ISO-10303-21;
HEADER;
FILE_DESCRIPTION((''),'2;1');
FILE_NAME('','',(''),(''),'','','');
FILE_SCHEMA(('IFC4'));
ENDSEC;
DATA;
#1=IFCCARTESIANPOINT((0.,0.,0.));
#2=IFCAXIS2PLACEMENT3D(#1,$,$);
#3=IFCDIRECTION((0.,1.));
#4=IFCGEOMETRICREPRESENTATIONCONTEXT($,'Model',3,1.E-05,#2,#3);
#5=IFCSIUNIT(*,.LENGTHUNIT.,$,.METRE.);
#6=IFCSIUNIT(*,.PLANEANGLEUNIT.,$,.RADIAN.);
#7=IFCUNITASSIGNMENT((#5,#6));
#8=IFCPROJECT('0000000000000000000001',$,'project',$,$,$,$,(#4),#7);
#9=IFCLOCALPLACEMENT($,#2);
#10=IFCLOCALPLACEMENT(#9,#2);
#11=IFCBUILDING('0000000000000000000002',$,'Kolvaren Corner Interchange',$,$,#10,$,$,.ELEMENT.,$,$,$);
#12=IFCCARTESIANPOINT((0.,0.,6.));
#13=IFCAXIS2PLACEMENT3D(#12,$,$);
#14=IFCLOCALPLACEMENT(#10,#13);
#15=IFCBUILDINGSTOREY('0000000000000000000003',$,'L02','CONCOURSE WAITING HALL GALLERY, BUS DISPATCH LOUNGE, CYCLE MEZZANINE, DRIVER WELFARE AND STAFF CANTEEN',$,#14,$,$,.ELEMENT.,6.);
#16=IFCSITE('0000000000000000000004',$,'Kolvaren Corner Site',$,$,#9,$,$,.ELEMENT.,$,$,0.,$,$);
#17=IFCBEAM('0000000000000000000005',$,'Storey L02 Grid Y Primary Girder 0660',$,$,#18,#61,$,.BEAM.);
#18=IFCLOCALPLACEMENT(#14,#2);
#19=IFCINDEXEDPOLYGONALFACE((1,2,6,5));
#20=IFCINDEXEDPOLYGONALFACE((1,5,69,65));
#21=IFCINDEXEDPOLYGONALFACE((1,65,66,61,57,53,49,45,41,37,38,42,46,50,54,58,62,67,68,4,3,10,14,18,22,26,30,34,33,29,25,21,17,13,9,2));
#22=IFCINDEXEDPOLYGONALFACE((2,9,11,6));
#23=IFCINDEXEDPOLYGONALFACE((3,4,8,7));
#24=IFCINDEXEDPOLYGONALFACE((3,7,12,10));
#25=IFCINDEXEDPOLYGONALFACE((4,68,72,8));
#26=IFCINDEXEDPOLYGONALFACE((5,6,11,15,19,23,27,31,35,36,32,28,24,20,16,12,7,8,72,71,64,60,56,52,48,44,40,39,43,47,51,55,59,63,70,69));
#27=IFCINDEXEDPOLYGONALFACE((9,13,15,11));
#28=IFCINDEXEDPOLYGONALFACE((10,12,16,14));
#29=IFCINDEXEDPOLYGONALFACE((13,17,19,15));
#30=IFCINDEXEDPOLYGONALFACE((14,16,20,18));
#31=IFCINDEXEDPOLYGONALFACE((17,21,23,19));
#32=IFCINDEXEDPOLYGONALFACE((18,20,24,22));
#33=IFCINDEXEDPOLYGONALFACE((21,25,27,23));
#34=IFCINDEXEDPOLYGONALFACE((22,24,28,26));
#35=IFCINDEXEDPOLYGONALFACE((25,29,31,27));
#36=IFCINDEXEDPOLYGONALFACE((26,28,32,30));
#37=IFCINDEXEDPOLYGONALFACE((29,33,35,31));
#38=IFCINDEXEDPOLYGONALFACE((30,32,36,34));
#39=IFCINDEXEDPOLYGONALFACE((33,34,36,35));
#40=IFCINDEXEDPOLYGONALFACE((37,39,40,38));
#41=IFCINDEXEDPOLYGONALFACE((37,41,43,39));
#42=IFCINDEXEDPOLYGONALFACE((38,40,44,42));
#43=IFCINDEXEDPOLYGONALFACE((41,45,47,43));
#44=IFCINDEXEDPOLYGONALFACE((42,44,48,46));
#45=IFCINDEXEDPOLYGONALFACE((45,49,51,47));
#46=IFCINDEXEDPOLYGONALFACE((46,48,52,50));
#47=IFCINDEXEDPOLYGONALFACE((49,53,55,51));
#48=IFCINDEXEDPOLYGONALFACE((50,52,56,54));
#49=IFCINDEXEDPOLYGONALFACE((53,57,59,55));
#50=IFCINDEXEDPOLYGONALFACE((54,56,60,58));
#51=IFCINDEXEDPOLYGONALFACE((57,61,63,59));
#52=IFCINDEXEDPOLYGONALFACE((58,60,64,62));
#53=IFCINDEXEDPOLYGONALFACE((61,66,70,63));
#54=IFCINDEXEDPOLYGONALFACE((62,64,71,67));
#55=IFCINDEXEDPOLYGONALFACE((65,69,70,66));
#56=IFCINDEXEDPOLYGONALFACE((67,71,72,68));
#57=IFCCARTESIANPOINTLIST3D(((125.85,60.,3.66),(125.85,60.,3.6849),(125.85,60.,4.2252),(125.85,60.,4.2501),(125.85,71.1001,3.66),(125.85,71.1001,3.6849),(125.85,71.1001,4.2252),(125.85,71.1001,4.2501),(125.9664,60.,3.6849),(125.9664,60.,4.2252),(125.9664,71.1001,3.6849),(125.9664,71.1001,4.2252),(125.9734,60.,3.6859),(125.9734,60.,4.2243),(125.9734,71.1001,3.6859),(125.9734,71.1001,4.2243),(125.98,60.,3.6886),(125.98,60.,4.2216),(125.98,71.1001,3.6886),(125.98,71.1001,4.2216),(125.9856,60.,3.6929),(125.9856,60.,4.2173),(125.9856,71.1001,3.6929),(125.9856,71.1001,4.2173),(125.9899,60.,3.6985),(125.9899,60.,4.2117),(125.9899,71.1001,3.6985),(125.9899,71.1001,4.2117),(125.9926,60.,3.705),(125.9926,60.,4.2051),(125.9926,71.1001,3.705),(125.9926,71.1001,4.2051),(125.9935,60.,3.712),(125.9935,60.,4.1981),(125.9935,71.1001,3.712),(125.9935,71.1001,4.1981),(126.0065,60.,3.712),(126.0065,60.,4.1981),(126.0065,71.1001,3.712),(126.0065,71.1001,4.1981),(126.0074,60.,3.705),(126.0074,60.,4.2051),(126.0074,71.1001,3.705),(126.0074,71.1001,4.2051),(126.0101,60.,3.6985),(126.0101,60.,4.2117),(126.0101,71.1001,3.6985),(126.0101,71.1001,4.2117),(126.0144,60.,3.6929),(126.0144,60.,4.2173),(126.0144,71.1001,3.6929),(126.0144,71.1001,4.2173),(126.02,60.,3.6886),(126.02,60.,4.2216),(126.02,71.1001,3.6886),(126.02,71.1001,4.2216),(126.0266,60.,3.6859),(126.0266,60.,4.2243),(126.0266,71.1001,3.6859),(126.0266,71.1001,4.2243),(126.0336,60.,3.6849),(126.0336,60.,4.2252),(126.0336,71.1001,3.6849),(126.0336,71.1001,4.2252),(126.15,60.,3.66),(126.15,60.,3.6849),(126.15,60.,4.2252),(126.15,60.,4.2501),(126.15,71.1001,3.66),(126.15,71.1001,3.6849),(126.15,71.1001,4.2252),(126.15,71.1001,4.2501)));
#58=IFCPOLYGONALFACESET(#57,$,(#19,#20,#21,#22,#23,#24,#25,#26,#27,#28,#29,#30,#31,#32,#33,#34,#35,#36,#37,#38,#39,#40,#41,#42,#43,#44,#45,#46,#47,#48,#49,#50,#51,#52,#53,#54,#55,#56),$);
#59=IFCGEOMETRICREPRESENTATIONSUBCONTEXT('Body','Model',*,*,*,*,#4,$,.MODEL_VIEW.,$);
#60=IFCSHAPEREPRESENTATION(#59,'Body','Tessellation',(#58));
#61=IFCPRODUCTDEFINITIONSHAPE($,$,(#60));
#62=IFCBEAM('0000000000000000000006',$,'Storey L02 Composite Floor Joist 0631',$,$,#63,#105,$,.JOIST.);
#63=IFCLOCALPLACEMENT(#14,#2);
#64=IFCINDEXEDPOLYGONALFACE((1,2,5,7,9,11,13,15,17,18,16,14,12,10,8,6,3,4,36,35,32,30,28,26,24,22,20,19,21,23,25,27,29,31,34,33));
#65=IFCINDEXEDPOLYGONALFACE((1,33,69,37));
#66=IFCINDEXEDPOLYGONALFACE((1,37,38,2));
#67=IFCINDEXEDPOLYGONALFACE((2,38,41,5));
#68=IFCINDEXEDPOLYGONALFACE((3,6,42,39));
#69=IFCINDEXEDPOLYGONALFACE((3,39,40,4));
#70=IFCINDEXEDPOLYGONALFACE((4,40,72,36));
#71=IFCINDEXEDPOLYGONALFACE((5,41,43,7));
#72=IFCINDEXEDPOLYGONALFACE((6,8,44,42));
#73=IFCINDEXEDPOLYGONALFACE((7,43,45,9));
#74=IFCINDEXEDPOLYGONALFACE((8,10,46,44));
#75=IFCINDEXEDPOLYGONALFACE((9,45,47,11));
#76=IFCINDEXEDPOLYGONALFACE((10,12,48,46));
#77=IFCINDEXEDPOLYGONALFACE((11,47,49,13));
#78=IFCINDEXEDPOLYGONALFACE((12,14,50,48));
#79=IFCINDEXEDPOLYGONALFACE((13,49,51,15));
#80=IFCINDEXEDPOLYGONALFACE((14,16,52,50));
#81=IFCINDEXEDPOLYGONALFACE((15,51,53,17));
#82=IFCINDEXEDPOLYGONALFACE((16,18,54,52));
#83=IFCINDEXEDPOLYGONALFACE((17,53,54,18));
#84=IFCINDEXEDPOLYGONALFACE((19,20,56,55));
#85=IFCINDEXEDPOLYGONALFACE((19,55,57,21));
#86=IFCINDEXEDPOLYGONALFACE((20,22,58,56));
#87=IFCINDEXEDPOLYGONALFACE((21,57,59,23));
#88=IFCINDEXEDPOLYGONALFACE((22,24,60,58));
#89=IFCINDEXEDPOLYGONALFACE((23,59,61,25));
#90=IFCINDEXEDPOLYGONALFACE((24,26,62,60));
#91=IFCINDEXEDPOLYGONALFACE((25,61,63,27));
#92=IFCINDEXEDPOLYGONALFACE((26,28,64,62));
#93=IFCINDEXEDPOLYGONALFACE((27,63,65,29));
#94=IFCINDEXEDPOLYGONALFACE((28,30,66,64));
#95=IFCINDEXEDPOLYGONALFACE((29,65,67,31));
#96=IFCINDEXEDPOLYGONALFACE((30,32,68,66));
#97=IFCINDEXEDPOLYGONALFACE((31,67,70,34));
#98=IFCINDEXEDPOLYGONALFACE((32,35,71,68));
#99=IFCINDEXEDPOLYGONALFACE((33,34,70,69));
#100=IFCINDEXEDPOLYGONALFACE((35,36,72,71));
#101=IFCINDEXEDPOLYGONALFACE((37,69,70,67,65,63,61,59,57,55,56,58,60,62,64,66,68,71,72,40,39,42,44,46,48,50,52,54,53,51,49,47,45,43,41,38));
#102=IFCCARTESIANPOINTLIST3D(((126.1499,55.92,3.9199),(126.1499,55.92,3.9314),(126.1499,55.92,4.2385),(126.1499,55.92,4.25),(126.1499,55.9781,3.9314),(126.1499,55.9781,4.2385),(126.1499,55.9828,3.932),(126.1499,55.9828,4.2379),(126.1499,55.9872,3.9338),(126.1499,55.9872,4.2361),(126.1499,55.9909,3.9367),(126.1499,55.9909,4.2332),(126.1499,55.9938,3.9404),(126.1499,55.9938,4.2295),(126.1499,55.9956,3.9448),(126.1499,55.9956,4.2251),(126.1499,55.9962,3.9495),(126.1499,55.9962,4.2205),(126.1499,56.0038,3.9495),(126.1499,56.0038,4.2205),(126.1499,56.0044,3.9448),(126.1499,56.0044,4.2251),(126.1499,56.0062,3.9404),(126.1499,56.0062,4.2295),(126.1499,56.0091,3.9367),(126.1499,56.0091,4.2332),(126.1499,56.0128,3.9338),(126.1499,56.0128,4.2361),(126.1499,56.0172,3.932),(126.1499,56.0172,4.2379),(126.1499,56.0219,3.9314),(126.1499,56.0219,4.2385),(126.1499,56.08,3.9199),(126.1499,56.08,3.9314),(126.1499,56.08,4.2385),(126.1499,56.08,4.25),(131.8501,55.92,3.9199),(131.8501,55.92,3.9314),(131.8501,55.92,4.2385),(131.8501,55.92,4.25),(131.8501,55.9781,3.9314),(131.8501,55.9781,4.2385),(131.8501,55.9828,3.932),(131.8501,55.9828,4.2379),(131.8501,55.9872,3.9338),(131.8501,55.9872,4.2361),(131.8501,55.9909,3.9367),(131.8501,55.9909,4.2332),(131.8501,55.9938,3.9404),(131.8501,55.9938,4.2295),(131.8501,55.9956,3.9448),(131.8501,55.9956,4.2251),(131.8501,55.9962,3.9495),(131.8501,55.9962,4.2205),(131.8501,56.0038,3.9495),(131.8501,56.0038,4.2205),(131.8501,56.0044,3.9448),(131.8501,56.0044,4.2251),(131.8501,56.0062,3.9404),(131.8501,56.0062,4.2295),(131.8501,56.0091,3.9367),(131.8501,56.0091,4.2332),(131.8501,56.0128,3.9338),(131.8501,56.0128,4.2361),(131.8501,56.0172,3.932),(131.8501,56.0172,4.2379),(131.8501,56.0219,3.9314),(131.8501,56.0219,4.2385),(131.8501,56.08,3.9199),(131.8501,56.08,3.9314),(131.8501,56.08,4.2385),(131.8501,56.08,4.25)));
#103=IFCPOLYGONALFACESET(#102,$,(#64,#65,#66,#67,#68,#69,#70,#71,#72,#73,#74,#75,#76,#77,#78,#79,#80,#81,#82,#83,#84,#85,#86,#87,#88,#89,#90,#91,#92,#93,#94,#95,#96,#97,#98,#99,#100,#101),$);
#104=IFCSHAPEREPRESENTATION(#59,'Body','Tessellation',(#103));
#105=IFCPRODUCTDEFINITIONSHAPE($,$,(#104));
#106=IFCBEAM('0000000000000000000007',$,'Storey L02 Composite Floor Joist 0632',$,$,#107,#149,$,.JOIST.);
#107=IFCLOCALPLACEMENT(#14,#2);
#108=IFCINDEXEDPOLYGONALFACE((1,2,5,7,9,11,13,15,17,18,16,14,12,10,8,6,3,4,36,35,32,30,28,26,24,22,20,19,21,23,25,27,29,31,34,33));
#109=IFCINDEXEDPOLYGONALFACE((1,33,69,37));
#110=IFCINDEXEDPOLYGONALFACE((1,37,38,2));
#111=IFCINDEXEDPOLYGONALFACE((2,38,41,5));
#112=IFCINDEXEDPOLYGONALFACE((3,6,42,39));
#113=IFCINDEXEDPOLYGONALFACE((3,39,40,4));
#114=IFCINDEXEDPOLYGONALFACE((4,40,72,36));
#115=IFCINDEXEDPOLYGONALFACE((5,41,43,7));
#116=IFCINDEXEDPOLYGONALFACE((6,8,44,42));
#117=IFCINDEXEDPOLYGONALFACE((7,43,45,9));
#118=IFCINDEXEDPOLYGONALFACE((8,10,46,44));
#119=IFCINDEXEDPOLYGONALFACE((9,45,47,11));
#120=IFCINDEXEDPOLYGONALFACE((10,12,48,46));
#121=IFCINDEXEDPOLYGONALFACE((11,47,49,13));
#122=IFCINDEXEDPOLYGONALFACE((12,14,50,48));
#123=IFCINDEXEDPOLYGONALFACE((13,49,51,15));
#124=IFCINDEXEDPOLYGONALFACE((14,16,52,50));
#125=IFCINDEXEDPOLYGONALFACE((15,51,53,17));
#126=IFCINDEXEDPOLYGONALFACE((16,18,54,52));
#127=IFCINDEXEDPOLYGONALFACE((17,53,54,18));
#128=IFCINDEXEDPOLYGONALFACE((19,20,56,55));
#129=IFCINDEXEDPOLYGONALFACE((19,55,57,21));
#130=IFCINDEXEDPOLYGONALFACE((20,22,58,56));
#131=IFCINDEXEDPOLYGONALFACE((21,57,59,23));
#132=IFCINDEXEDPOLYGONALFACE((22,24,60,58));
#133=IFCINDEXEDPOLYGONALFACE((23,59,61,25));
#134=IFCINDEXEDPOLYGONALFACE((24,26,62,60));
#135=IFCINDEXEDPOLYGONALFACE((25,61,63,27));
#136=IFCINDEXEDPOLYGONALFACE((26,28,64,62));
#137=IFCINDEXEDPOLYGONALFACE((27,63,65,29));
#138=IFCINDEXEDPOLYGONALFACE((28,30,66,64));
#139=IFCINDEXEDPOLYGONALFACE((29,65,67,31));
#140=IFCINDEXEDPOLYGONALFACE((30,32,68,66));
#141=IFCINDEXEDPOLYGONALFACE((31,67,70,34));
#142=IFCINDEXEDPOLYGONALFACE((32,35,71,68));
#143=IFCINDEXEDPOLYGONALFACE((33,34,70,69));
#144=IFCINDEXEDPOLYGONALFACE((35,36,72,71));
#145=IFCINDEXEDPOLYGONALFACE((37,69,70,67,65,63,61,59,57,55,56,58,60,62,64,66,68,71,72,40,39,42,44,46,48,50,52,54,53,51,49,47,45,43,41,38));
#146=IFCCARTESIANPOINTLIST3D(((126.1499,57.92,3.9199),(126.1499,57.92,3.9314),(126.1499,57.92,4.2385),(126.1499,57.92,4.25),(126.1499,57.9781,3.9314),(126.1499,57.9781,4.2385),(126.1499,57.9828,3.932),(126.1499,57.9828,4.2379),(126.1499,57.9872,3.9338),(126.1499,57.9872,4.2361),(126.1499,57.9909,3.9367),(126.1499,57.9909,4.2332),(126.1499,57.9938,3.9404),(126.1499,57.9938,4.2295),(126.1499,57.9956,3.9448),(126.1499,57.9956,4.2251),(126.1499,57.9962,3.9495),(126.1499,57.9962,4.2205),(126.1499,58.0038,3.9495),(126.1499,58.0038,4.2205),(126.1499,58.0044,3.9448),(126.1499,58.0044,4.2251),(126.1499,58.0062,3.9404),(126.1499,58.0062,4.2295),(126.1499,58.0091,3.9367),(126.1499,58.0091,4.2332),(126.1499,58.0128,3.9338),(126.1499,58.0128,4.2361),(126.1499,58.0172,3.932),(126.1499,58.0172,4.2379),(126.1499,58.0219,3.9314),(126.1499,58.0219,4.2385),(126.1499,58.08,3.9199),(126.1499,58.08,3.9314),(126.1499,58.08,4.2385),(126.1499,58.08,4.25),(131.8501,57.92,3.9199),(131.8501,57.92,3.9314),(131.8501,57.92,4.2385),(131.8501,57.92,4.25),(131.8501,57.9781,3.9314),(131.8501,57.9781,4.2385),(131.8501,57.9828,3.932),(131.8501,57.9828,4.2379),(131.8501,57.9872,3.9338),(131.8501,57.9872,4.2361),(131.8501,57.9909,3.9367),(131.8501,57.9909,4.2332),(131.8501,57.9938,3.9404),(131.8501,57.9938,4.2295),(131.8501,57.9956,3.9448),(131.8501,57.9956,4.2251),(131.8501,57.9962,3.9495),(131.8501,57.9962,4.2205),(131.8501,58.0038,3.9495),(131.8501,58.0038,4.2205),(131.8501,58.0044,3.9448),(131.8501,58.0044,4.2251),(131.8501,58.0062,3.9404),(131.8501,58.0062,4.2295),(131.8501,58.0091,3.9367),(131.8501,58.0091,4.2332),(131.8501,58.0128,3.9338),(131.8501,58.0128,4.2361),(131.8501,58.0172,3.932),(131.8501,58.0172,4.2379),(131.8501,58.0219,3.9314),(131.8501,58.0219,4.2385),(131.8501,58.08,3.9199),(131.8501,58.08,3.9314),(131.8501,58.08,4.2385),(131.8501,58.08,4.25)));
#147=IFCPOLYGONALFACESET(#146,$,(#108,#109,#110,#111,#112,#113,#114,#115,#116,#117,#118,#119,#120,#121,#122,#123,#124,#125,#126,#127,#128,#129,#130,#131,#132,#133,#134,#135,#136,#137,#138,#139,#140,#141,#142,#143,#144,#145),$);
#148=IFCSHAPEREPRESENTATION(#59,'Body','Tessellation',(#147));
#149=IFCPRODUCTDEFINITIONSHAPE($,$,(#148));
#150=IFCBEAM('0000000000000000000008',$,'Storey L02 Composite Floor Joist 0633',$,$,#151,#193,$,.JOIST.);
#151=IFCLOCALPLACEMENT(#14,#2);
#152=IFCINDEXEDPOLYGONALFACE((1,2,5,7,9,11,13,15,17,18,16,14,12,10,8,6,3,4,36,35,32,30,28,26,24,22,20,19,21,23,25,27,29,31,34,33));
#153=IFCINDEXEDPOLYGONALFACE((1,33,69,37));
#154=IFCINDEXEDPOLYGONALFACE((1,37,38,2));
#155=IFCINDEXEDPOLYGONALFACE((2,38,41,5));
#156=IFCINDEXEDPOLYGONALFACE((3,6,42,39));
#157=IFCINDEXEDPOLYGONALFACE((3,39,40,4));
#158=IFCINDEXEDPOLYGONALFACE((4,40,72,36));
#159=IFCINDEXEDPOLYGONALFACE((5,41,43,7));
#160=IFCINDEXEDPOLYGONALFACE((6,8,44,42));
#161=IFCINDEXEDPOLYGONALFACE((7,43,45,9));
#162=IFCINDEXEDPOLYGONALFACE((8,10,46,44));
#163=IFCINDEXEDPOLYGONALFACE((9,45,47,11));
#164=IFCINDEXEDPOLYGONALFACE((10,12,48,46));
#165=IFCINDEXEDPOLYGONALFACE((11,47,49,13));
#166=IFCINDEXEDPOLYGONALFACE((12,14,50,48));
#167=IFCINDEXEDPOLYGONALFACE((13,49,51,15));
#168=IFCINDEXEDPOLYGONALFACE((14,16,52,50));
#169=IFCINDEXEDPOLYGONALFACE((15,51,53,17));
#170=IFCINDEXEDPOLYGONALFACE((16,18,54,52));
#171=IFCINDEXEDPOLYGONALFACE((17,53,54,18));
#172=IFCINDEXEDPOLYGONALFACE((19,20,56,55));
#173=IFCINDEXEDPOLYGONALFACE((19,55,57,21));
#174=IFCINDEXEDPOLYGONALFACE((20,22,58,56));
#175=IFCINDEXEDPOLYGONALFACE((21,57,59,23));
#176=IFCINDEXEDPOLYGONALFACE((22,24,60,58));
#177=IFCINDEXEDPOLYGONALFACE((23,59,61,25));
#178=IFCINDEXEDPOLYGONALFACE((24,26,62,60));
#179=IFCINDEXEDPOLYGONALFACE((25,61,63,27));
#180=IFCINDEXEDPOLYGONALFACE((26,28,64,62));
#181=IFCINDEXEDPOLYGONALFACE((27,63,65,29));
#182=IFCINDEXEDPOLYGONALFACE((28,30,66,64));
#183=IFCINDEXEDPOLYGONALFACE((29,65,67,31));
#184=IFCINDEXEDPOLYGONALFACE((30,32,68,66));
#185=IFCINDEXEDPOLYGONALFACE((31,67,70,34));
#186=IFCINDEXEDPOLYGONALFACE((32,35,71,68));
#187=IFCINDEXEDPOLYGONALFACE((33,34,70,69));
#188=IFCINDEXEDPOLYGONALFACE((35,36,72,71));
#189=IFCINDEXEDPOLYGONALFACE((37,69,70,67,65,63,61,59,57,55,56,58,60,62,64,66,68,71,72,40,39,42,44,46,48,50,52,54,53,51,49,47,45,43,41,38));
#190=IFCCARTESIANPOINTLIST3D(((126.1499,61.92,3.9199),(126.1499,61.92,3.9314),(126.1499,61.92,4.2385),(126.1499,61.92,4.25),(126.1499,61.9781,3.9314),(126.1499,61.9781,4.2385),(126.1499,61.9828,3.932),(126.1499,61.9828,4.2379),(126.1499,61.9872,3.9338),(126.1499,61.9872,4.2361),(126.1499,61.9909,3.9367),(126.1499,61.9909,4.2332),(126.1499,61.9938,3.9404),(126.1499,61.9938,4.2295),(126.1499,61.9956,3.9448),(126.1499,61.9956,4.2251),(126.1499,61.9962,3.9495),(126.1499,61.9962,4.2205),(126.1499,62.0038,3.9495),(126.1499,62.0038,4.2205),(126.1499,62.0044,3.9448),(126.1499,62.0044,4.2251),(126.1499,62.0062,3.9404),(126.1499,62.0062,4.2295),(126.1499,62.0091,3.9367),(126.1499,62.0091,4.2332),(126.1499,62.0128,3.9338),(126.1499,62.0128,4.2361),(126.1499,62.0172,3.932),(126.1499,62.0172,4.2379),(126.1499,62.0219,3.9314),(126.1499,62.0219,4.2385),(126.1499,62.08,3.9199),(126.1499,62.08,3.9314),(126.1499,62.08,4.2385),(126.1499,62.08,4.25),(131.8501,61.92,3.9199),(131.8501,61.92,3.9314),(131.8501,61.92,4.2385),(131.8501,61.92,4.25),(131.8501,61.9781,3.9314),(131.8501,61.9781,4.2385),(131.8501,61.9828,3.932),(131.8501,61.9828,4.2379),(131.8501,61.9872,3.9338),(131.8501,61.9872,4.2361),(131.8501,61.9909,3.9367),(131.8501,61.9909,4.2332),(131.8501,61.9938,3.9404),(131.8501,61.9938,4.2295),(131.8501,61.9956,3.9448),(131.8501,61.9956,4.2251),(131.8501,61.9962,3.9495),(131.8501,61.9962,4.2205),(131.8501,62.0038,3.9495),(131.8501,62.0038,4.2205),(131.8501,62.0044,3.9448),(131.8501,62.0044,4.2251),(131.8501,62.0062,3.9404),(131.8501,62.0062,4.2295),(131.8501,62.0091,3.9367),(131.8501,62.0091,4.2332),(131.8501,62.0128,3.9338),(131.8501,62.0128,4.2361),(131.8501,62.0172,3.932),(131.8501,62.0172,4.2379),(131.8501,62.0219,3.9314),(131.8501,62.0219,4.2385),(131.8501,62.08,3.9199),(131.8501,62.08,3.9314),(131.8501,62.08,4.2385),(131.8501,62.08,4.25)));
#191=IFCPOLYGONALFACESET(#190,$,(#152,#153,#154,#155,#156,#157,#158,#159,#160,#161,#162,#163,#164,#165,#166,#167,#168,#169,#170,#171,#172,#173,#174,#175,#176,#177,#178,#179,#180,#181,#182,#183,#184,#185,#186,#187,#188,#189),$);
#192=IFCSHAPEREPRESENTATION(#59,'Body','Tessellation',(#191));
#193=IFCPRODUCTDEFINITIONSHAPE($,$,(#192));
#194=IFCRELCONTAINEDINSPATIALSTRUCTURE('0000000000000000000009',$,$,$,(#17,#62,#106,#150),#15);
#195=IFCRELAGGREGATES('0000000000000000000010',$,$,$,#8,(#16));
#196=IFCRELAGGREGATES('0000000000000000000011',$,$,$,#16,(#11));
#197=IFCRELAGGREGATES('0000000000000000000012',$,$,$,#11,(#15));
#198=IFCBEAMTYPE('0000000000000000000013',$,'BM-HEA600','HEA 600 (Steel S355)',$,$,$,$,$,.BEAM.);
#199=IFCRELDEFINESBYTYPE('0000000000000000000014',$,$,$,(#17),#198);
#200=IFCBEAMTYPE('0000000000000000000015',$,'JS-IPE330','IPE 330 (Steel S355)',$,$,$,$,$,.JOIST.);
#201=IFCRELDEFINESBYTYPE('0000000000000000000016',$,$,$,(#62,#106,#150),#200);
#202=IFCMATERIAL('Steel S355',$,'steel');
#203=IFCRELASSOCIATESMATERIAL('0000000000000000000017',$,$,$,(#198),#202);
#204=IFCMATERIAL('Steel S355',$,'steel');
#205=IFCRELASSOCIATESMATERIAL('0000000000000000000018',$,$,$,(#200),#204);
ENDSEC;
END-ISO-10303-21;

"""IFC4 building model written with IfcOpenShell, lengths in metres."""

from ifc_helpers import new_model, si_unit, direction, frame, origin, origin_2d, place, context, subcontext, project, spatial, i_section, extrude, material, material_profile, profile_set, type_object, element, save


model = new_model("IFC4")

# Units and contexts
model_context = context("Model", 3, precision=1e-05, world=origin(), true_north=direction((0.0, 1.0)))
body_context = subcontext(model_context, "Body", "Model", "MODEL_VIEW")
ifc_project = project(units=[si_unit("LENGTHUNIT", "METRE"), si_unit("PLANEANGLEUNIT", "RADIAN")], contexts=[model_context])

# Site, building, storey
site_placement = place(None, origin())
site = spatial("IfcSite", under=ifc_project, at=site_placement, Name="Kolvaren Corner Site", CompositionType="ELEMENT", RefElevation=0.0)
building_placement = place(site_placement, origin())
building = spatial("IfcBuilding", under=site, at=building_placement, Name="Kolvaren Corner Interchange", CompositionType="ELEMENT")
storey_placement = place(building_placement, frame((0.0, 0.0, 6.0)))
storey = spatial("IfcBuildingStorey", under=building, at=storey_placement, Name="L02", Description="CONCOURSE WAITING HALL GALLERY, BUS DISPATCH LOUNGE, CYCLE MEZZANINE, DRIVER WELFARE AND STAFF CANTEEN", CompositionType="ELEMENT", Elevation=6.0)

# Beams
ifc_material_1 = material(Name="Steel S355", Category="steel")
ifc_material_profile_1 = material_profile(ifc_material_1, i_section(OverallWidth=0.3, OverallDepth=0.5901, WebThickness=0.0129, FlangeThickness=0.0249, FilletRadius=0.0271, at=origin_2d()), Name="HEA 600")
ifc_profile_set_1 = profile_set([ifc_material_profile_1], Name="Steel S355")
beam_type_1 = type_object("IfcBeamType", Name="BM-HEA600", Description="HEA 600 (Steel S355)", PredefinedType="BEAM", material=ifc_profile_set_1)
beam_placement = place(storey_placement, frame((126.0, 60.0, 3.9551), z_axis=(0.0, 1.0, 0.0), x_axis=(-1.0, 0.0, 0.0)))
element("IfcBeam", 1, at=beam_placement, inside=storey, type_object=beam_type_1, Name="Storey L02 Grid Y Primary Girder 0660", PredefinedType="BEAM", context=body_context, shape_type="SweptSolid", body=[
    extrude(i_section(OverallWidth=0.3, OverallDepth=0.5901, WebThickness=0.0129, FlangeThickness=0.0249, FilletRadius=0.0271, at=origin_2d()), origin(), (0.0, 0.0, 1.0), 11.1001),
])
ifc_material_2 = material(Name="Steel S355", Category="steel")
ifc_material_profile_2 = material_profile(ifc_material_2, i_section(OverallWidth=0.1599, OverallDepth=0.3301, WebThickness=0.0076, FlangeThickness=0.0115, FilletRadius=0.0181, at=origin_2d()), Name="IPE 330")
ifc_profile_set_2 = profile_set([ifc_material_profile_2], Name="Steel S355")
beam_type_2 = type_object("IfcBeamType", Name="JS-IPE330", Description="IPE 330 (Steel S355)", PredefinedType="JOIST", material=ifc_profile_set_2)
for number, where, z_axis, x_axis, name in (
    (2, (126.1499, 56.0, 4.085), (1.0, 0.0, 0.0), (0.0, 1.0, 0.0), "Storey L02 Composite Floor Joist 0631"),
    (3, (126.1499, 58.0, 4.085), (1.0, 0.0, 0.0), (0.0, 1.0, 0.0), "Storey L02 Composite Floor Joist 0632"),
    (4, (126.1499, 62.0, 4.085), (1.0, 0.0, 0.0), (0.0, 1.0, 0.0), "Storey L02 Composite Floor Joist 0633"),
):
    element("IfcBeam", number, at=place(storey_placement, frame(where, z_axis=z_axis, x_axis=x_axis)), inside=storey, type_object=beam_type_2, Name=name, PredefinedType="JOIST", context=body_context, shape_type="SweptSolid", body=[
        extrude(i_section(OverallWidth=0.1599, OverallDepth=0.3301, WebThickness=0.0076, FlangeThickness=0.0115, FilletRadius=0.0181, at=origin_2d()), origin(), (0.0, 0.0, 1.0), 5.7002),
    ])

save(model, "model.ifc")
